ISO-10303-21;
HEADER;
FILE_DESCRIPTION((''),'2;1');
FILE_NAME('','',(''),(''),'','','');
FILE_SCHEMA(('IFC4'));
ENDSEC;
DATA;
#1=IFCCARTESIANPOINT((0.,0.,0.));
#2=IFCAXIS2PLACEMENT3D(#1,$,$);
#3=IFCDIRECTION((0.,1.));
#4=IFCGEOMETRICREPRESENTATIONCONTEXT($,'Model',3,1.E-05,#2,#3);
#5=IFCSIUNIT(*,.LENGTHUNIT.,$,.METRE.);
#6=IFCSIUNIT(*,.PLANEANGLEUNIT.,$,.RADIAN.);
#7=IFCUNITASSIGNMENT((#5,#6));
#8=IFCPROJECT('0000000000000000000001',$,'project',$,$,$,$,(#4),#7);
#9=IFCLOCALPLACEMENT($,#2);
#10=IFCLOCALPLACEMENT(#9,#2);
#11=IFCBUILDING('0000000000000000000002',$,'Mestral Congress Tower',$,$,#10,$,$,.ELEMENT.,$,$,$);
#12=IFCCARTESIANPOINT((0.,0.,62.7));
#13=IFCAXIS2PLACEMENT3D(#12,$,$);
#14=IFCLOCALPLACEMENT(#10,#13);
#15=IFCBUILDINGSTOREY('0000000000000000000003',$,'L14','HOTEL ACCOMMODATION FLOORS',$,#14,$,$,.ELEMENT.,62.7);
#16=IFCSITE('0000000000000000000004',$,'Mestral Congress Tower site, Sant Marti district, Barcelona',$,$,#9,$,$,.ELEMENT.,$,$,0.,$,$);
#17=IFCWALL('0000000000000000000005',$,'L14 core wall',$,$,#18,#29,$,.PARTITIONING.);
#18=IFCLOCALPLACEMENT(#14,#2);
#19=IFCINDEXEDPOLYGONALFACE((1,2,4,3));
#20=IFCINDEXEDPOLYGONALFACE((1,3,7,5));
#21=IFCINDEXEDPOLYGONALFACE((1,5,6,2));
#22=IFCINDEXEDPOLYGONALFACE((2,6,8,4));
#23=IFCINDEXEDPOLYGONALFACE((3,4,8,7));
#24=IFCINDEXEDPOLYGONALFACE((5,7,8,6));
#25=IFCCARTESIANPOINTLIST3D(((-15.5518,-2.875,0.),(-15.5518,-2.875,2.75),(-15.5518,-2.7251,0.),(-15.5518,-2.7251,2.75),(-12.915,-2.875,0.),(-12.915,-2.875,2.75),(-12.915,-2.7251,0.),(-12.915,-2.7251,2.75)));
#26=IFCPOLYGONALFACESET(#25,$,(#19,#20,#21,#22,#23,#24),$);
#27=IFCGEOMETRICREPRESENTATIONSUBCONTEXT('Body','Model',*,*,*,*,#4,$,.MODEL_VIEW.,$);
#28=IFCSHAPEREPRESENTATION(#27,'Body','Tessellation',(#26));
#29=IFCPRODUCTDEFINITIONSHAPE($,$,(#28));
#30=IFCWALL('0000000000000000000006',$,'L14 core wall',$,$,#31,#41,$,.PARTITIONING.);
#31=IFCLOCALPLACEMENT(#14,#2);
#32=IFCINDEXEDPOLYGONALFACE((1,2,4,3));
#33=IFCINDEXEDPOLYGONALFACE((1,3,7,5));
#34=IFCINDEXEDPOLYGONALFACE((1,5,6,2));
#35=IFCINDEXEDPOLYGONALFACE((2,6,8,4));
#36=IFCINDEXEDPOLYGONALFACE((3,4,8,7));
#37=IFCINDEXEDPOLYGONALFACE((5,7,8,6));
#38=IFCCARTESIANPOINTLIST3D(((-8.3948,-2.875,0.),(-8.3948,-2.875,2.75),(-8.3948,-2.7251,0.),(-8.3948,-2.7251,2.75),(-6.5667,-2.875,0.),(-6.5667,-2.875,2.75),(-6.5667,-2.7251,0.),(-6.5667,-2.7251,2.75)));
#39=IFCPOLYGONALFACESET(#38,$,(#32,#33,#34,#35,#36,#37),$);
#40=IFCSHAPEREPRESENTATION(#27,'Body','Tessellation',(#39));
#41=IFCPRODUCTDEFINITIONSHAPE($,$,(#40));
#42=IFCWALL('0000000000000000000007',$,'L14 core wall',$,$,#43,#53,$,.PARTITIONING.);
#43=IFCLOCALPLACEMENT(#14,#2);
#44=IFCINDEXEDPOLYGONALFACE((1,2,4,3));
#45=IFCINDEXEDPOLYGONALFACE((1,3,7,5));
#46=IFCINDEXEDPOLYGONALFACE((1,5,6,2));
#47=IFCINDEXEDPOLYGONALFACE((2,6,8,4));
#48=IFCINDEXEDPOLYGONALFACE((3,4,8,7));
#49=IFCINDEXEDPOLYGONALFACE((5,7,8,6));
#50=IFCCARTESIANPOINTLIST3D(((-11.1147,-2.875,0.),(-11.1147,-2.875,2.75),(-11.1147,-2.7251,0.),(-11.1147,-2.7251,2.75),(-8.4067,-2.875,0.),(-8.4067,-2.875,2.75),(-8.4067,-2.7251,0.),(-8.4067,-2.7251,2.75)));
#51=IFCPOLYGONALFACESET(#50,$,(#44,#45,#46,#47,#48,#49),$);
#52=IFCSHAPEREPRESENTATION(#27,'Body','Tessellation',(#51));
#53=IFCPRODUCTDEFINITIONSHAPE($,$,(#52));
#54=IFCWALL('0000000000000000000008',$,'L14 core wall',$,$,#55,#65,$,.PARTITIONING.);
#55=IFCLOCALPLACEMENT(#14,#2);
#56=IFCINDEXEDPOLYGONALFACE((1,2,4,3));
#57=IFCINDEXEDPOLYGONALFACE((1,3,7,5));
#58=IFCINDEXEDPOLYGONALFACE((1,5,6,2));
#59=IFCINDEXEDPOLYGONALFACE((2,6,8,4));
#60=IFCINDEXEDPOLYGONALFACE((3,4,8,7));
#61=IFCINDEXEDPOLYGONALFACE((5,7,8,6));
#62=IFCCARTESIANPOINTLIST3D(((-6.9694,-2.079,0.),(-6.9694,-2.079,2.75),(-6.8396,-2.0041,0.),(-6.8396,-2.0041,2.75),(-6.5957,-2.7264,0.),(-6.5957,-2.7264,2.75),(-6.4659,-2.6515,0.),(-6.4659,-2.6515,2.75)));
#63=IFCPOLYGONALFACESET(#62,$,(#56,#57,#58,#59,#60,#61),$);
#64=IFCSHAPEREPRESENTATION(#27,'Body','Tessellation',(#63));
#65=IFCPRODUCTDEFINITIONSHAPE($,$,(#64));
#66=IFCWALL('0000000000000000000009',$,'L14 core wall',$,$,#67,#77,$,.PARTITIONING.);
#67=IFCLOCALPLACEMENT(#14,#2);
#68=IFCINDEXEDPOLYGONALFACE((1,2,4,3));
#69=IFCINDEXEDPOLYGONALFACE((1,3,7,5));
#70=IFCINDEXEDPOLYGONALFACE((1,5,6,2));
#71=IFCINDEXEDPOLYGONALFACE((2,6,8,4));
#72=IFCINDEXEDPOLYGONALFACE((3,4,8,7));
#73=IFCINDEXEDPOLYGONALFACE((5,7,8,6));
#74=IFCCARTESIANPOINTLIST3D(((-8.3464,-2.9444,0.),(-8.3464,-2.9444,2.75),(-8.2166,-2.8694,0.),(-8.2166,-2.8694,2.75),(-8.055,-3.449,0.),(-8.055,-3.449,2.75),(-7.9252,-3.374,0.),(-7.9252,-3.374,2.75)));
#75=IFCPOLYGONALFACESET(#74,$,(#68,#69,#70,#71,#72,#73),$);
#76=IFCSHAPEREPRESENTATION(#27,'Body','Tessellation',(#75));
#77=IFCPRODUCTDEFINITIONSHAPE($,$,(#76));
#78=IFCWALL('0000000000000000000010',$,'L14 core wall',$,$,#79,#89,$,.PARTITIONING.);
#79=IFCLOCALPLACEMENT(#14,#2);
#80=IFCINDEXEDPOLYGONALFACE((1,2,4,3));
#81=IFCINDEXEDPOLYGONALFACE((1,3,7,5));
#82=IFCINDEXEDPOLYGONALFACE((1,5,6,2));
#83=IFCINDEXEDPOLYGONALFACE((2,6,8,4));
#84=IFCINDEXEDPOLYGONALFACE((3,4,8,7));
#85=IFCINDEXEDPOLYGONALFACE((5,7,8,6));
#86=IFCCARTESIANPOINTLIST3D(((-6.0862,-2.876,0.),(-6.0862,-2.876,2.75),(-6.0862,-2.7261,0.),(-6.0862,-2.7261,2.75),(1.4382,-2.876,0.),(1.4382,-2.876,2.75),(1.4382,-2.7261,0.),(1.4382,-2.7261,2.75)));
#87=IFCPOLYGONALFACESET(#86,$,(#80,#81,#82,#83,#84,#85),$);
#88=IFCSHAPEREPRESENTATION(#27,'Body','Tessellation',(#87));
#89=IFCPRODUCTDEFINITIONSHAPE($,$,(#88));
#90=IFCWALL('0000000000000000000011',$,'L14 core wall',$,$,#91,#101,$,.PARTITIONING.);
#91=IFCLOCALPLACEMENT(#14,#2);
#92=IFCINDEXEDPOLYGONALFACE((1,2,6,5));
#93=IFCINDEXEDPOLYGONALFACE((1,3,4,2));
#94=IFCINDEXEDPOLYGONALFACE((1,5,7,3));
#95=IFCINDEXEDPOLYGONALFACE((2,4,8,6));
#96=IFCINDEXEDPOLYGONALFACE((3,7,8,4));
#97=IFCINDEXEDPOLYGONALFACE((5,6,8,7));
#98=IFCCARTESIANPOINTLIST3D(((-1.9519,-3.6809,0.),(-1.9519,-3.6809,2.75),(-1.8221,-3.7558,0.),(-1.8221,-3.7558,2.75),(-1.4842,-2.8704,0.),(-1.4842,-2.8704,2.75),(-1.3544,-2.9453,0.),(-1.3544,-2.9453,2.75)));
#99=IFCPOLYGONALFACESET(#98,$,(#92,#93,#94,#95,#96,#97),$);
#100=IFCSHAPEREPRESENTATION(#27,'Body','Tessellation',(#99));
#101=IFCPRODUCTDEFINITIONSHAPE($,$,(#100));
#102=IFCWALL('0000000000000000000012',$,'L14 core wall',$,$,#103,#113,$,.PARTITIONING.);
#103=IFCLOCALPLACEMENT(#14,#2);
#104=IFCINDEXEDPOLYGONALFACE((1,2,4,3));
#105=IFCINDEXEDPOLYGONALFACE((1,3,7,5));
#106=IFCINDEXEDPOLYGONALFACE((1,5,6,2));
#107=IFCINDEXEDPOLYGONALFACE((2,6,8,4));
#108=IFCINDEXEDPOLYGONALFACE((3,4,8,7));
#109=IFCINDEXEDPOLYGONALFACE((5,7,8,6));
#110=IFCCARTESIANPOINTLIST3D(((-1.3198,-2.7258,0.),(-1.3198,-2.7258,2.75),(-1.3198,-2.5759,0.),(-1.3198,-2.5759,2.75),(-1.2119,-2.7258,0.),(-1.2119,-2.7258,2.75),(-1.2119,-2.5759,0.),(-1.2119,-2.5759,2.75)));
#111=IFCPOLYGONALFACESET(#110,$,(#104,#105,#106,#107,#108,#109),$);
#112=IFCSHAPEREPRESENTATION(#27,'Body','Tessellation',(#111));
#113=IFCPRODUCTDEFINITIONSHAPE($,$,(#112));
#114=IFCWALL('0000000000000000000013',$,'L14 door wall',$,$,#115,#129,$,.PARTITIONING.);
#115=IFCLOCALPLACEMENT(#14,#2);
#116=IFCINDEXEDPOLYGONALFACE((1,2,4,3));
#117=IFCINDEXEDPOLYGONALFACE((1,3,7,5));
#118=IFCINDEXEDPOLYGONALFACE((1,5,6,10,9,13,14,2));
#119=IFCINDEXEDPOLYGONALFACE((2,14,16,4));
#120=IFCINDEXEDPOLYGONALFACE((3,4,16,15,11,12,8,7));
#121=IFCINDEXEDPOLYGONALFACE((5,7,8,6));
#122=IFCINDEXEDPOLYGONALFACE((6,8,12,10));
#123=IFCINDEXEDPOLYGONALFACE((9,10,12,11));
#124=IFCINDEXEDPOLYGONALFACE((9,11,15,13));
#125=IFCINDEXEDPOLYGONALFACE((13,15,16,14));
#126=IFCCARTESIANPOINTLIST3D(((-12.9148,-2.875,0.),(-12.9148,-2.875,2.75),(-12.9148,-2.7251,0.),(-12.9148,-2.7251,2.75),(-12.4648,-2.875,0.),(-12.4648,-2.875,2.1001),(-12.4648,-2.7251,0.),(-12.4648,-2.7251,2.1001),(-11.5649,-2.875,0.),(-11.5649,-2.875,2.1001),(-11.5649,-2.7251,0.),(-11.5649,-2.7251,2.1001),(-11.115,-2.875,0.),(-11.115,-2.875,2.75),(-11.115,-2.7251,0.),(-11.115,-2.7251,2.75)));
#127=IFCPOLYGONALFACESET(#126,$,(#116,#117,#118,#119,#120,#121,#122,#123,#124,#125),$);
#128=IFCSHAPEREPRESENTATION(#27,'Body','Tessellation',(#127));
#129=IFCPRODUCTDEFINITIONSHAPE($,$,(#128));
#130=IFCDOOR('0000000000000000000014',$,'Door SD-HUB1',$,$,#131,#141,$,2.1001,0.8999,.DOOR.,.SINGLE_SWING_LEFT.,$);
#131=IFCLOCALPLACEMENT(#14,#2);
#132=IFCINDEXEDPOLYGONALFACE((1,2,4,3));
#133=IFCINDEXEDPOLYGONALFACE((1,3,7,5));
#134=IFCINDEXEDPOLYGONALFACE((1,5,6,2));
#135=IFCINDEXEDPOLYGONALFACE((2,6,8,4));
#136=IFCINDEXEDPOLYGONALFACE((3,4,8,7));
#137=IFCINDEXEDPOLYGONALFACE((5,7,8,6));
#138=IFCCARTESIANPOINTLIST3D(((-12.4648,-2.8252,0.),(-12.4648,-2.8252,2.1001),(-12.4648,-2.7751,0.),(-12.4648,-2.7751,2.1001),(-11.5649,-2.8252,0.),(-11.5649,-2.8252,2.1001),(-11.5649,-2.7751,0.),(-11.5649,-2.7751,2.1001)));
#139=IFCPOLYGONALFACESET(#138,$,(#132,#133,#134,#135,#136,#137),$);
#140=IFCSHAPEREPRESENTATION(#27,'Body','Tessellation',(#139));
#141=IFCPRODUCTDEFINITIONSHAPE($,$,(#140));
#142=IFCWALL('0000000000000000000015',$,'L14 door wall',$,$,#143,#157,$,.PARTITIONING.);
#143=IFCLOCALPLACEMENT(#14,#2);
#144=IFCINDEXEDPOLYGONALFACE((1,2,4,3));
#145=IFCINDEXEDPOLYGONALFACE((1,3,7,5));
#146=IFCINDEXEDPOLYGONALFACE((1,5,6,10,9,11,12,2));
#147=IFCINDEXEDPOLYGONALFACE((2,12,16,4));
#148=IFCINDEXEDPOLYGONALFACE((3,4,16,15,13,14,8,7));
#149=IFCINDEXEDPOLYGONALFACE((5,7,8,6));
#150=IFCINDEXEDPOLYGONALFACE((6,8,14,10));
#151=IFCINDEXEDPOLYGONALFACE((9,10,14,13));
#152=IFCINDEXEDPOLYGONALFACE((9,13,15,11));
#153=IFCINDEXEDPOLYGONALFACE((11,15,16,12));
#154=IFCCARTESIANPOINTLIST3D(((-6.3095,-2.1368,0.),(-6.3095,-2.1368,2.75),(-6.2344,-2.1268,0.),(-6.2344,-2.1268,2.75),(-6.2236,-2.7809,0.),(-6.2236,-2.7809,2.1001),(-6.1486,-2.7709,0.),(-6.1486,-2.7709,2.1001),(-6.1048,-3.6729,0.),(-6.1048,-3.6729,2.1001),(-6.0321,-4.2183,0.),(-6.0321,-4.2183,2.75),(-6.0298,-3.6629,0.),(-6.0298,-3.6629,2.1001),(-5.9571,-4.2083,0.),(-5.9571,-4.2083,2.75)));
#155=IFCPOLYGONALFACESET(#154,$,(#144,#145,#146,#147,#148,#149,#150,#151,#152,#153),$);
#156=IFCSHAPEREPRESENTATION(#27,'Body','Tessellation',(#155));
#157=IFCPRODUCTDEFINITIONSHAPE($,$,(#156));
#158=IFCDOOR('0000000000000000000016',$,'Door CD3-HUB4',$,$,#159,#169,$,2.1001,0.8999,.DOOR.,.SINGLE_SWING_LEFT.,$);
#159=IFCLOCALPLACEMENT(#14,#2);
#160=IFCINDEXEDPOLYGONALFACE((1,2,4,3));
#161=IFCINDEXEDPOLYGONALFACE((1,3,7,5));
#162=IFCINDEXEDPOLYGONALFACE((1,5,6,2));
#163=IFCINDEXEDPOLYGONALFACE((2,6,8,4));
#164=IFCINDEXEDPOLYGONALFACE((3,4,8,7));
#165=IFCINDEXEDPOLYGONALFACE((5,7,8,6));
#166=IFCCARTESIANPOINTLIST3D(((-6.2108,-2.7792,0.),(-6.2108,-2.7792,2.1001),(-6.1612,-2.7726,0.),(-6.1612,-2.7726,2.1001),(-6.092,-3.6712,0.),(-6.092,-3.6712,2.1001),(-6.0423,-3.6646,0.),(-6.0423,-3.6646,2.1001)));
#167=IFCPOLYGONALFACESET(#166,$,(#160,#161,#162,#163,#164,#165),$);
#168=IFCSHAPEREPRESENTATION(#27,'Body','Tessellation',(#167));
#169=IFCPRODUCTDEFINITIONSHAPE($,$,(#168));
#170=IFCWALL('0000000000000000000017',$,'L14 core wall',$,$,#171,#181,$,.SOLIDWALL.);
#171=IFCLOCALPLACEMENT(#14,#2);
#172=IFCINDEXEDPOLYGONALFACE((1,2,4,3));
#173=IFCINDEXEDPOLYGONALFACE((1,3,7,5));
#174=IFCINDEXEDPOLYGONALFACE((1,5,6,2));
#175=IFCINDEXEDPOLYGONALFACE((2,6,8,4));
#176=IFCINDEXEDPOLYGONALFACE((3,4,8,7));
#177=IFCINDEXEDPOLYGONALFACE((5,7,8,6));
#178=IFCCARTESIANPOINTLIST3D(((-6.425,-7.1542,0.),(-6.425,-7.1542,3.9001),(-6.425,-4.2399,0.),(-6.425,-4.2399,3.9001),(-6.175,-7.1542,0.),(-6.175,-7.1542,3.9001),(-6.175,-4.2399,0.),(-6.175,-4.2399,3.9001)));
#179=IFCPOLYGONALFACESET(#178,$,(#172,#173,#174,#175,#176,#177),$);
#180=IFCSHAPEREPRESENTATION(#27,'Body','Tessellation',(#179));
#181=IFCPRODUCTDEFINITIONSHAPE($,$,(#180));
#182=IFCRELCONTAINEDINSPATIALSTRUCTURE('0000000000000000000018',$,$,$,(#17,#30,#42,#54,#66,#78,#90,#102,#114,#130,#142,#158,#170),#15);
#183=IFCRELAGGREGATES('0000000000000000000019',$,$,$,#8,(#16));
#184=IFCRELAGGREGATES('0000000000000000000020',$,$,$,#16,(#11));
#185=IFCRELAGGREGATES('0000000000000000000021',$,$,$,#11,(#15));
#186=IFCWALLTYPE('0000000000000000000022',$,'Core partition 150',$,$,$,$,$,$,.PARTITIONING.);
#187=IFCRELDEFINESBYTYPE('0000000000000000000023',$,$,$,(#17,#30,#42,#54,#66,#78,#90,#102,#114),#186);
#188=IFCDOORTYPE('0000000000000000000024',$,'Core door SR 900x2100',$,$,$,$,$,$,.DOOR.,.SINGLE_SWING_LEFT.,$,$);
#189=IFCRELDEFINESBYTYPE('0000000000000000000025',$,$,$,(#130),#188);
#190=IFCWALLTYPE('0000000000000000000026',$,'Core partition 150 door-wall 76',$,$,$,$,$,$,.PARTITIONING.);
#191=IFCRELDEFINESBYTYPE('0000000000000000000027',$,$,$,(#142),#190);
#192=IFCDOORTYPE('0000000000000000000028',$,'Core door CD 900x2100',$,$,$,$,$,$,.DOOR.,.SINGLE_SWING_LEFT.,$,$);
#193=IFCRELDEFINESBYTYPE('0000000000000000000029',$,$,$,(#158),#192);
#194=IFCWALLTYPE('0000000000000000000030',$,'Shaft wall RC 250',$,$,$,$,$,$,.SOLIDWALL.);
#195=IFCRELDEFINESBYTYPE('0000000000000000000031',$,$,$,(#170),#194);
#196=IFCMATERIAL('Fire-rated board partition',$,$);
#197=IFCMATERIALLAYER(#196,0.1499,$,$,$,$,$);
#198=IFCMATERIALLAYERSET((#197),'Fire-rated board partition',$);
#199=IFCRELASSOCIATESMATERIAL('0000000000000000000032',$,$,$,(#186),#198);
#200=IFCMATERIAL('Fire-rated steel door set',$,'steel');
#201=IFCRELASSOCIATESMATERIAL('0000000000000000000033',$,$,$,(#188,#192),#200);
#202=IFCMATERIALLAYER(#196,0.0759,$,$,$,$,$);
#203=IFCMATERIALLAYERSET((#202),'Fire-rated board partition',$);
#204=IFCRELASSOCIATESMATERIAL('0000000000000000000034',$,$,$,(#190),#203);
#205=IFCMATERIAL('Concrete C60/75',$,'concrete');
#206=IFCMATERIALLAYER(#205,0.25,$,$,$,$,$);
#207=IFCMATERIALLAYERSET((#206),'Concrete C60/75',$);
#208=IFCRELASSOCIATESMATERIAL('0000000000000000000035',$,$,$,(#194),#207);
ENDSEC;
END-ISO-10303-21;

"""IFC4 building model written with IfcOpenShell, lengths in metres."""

from ifc_helpers import new_model, si_unit, direction, frame, frame_2d, origin, place, context, subcontext, project, spatial, rectangle, extrude, material, layer, layer_set, type_object, element, fill, save


model = new_model("IFC4")

# Units and contexts
model_context = context("Model", 3, precision=1e-05, world=origin(), true_north=direction((0.0, 1.0)))
body_context = subcontext(model_context, "Body", "Model", "MODEL_VIEW")
ifc_project = project(units=[si_unit("LENGTHUNIT", "METRE"), si_unit("PLANEANGLEUNIT", "RADIAN")], contexts=[model_context])

# Site, building, storey
site_placement = place(None, origin())
site = spatial("IfcSite", under=ifc_project, at=site_placement, Name="Mestral Congress Tower site, Sant Marti district, Barcelona", CompositionType="ELEMENT", RefElevation=0.0)
building_placement = place(site_placement, origin())
building = spatial("IfcBuilding", under=site, at=building_placement, Name="Mestral Congress Tower", CompositionType="ELEMENT")
storey_placement = place(building_placement, frame((0.0, 0.0, 62.7)))
storey = spatial("IfcBuildingStorey", under=building, at=storey_placement, Name="L14", Description="HOTEL ACCOMMODATION FLOORS", CompositionType="ELEMENT", Elevation=62.7)

# Walls
ifc_material_1 = material(Name="Fire-rated board partition")
ifc_layer_1 = layer(ifc_material_1, 0.1499)
ifc_layer_set_1 = layer_set([ifc_layer_1], Name="Fire-rated board partition")
wall_type_1 = type_object("IfcWallType", Name="Core partition 150", PredefinedType="PARTITIONING", material=ifc_layer_set_1)
wall_1_placement = place(storey_placement, frame((-12.915, -2.8, 0.0), z_axis=(0.0, 0.0, 1.0), x_axis=(-1.0, 0.0, 0.0)))
element("IfcWall", 1, at=wall_1_placement, inside=storey, type_object=wall_type_1, Name="L14 core wall", PredefinedType="PARTITIONING", context=body_context, shape_type="SweptSolid", body=[
    extrude(rectangle(XDim=2.6367, YDim=0.1499, at=frame_2d((1.3184, 0.0))), origin(), (0.0, 0.0, 1.0), 2.75),
])
wall_2_placement = place(storey_placement, frame((-8.3948, -2.8, 0.0), z_axis=(0.0, 0.0, 1.0), x_axis=(1.0, 0.0, 0.0)))
element("IfcWall", 2, at=wall_2_placement, inside=storey, type_object=wall_type_1, Name="L14 core wall", PredefinedType="PARTITIONING", context=body_context, shape_type="SweptSolid", body=[
    extrude(rectangle(XDim=1.8281, YDim=0.1499, at=frame_2d((0.9141, 0.0))), origin(), (0.0, 0.0, 1.0), 2.75),
])
wall_3_placement = place(storey_placement, frame((-11.1147, -2.8, 0.0), z_axis=(0.0, 0.0, 1.0), x_axis=(1.0, 0.0, 0.0)))
element("IfcWall", 3, at=wall_3_placement, inside=storey, type_object=wall_type_1, Name="L14 core wall", PredefinedType="PARTITIONING", context=body_context, shape_type="SweptSolid", body=[
    extrude(rectangle(XDim=2.708, YDim=0.1499, at=frame_2d((1.354, 0.0))), origin(), (0.0, 0.0, 1.0), 2.75),
])
wall_4_placement = place(storey_placement, frame((-6.5308, -2.689, 0.0), z_axis=(0.0, 0.0, 1.0), x_axis=(-0.499967, 0.866044, 0.0)))
element("IfcWall", 4, at=wall_4_placement, inside=storey, type_object=wall_type_1, Name="L14 core wall", PredefinedType="PARTITIONING", context=body_context, shape_type="SweptSolid", body=[
    extrude(rectangle(XDim=0.7476, YDim=0.1499, at=frame_2d((0.3738, 0.0))), origin(), (0.0, 0.0, 1.0), 2.75),
])
wall_5_placement = place(storey_placement, frame((-7.99, -3.4116, 0.0), z_axis=(0.0, 0.0, 1.0), x_axis=(-0.500194, 0.865913, 0.0)))
element("IfcWall", 5, at=wall_5_placement, inside=storey, type_object=wall_type_1, Name="L14 core wall", PredefinedType="PARTITIONING", context=body_context, shape_type="SweptSolid", body=[
    extrude(rectangle(XDim=0.5828, YDim=0.1499, at=frame_2d((0.2915, 0.0))), origin(), (0.0, 0.0, 1.0), 2.75),
])
wall_6_placement = place(storey_placement, frame((-6.0862, -2.801, 0.0), z_axis=(0.0, 0.0, 1.0), x_axis=(1.0, 0.0, 0.0)))
element("IfcWall", 6, at=wall_6_placement, inside=storey, type_object=wall_type_1, Name="L14 core wall", PredefinedType="PARTITIONING", context=body_context, shape_type="SweptSolid", body=[
    extrude(rectangle(XDim=7.5244, YDim=0.1499, at=frame_2d((3.7622, 0.0))), origin(), (0.0, 0.0, 1.0), 2.75),
])
wall_7_placement = place(storey_placement, frame((-1.887, -3.7183, 0.0), z_axis=(0.0, 0.0, 1.0), x_axis=(0.499843, 0.866116, 0.0)))
element("IfcWall", 7, at=wall_7_placement, inside=storey, type_object=wall_type_1, Name="L14 core wall", PredefinedType="PARTITIONING", context=body_context, shape_type="SweptSolid", body=[
    extrude(rectangle(XDim=0.9358, YDim=0.1499, at=frame_2d((0.4678, 0.0))), origin(), (0.0, 0.0, 1.0), 2.75),
])
wall_8_placement = place(storey_placement, frame((-1.2119, -2.6509, 0.0), z_axis=(0.0, 0.0, 1.0), x_axis=(-1.0, 0.0, 0.0)))
element("IfcWall", 8, at=wall_8_placement, inside=storey, type_object=wall_type_1, Name="L14 core wall", PredefinedType="PARTITIONING", context=body_context, shape_type="SweptSolid", body=[
    extrude(rectangle(XDim=0.1079, YDim=0.1499, at=frame_2d((0.054, 0.0))), origin(), (0.0, 0.0, 1.0), 2.75),
])

# Walls, openings, doors
wall_9_placement = place(storey_placement, frame((-12.9148, -2.8, 0.0), z_axis=(0.0, 0.0, 1.0), x_axis=(1.0, 0.0, 0.0)))
wall_9 = element("IfcWall", 9, at=wall_9_placement, inside=storey, type_object=wall_type_1, Name="L14 door wall", PredefinedType="PARTITIONING", context=body_context, shape_type="SweptSolid", body=[
    extrude(rectangle(XDim=1.7998, YDim=0.1499, at=frame_2d((0.8999, 0.0))), origin(), (0.0, 0.0, 1.0), 2.75),
])
opening_1_placement = place(wall_9_placement, frame((0.45, 0.0, 0.0)))
opening_1 = element("IfcOpeningElement", 10, at=opening_1_placement, cuts=wall_9, PredefinedType="OPENING", context=body_context, shape_type="SweptSolid", body=[
    extrude(rectangle(XDim=0.8999, YDim=2.1001, at=frame_2d((0.45, 1.05))), frame((0.0, 0.085, 0.0), z_axis=(0.0, -1.0, 0.0), x_axis=(1.0, 0.0, 0.0)), (0.0, 0.0, 1.0), 0.1699),
])
ifc_material_2 = material(Name="Fire-rated steel door set", Category="steel")
door_type_1 = type_object("IfcDoorType", Name="Core door SR 900x2100", OperationType="SINGLE_SWING_LEFT", PredefinedType="DOOR", material=ifc_material_2)
door_1_placement = place(opening_1_placement, origin())
door_1 = element("IfcDoor", 11, at=door_1_placement, inside=storey, type_object=door_type_1, Name="Door SD-HUB1", OperationType="SINGLE_SWING_LEFT", OverallHeight=2.1001, OverallWidth=0.8999, PredefinedType="DOOR", context=body_context, shape_type="SweptSolid", body=[
    extrude(rectangle(XDim=0.8999, YDim=2.1001, at=frame_2d((0.45, 1.05))), frame((0.0, 0.0249, 0.0), z_axis=(0.0, -1.0, 0.0), x_axis=(1.0, 0.0, 0.0)), (0.0, 0.0, 1.0), 0.05),
])
fill(opening_1, door_1)
ifc_layer_2 = layer(ifc_material_1, 0.0759)
ifc_layer_set_2 = layer_set([ifc_layer_2], Name="Fire-rated board partition")
wall_type_2 = type_object("IfcWallType", Name="Core partition 150 door-wall 76", PredefinedType="PARTITIONING", material=ifc_layer_set_2)
wall_10_placement = place(storey_placement, frame((-5.9946, -4.2131, 0.0), z_axis=(0.0, 0.0, 1.0), x_axis=(-0.132072, 0.99124, 0.0)))
wall_10 = element("IfcWall", 12, at=wall_10_placement, inside=storey, type_object=wall_type_2, Name="L14 door wall", PredefinedType="PARTITIONING", context=body_context, shape_type="SweptSolid", body=[
    extrude(rectangle(XDim=2.0999, YDim=0.0757, at=frame_2d((1.0498, 0.0))), origin(), (0.0, 0.0, 1.0), 2.75),
])
opening_2_placement = place(wall_10_placement, frame((0.55, 0.0, 0.0)))
opening_2 = element("IfcOpeningElement", 13, at=opening_2_placement, cuts=wall_10, PredefinedType="OPENING", context=body_context, shape_type="SweptSolid", body=[
    extrude(rectangle(XDim=0.8999, YDim=2.1001, at=frame_2d((0.45, 1.05))), frame((0.0, 0.0479, 0.0), z_axis=(0.0, -1.0, 0.0), x_axis=(1.0, 0.0, 0.0)), (0.0, 0.0, 1.0), 0.0957),
])
door_type_2 = type_object("IfcDoorType", Name="Core door CD 900x2100", OperationType="SINGLE_SWING_LEFT", PredefinedType="DOOR", material=ifc_material_2)
door_2_placement = place(opening_2_placement, origin())
door_2 = element("IfcDoor", 14, at=door_2_placement, inside=storey, type_object=door_type_2, Name="Door CD3-HUB4", OperationType="SINGLE_SWING_LEFT", OverallHeight=2.1001, OverallWidth=0.8999, PredefinedType="DOOR", context=body_context, shape_type="SweptSolid", body=[
    extrude(rectangle(XDim=0.8999, YDim=2.1001, at=frame_2d((0.45, 1.05))), frame((0.0, 0.0249, 0.0), z_axis=(0.0, -1.0, 0.0), x_axis=(1.0, 0.0, 0.0)), (0.0, 0.0, 1.0), 0.05),
])
fill(opening_2, door_2)

# Wall
ifc_material_3 = material(Name="Concrete C60/75", Category="concrete")
ifc_layer_3 = layer(ifc_material_3, 0.25)
ifc_layer_set_3 = layer_set([ifc_layer_3], Name="Concrete C60/75")
wall_type_3 = type_object("IfcWallType", Name="Shaft wall RC 250", PredefinedType="SOLIDWALL", material=ifc_layer_set_3)
wall_11_placement = place(storey_placement, frame((-6.3, -4.24, 0.0), z_axis=(0.0, 0.0, 1.0), x_axis=(0.0, -1.0, 0.0)))
element("IfcWall", 15, at=wall_11_placement, inside=storey, type_object=wall_type_3, Name="L14 core wall", PredefinedType="SOLIDWALL", context=body_context, shape_type="SweptSolid", body=[
    extrude(rectangle(XDim=2.9143, YDim=0.25, at=frame_2d((1.457, 0.0))), origin(), (0.0, 0.0, 1.0), 3.9001),
])

save(model, "model.ifc")
